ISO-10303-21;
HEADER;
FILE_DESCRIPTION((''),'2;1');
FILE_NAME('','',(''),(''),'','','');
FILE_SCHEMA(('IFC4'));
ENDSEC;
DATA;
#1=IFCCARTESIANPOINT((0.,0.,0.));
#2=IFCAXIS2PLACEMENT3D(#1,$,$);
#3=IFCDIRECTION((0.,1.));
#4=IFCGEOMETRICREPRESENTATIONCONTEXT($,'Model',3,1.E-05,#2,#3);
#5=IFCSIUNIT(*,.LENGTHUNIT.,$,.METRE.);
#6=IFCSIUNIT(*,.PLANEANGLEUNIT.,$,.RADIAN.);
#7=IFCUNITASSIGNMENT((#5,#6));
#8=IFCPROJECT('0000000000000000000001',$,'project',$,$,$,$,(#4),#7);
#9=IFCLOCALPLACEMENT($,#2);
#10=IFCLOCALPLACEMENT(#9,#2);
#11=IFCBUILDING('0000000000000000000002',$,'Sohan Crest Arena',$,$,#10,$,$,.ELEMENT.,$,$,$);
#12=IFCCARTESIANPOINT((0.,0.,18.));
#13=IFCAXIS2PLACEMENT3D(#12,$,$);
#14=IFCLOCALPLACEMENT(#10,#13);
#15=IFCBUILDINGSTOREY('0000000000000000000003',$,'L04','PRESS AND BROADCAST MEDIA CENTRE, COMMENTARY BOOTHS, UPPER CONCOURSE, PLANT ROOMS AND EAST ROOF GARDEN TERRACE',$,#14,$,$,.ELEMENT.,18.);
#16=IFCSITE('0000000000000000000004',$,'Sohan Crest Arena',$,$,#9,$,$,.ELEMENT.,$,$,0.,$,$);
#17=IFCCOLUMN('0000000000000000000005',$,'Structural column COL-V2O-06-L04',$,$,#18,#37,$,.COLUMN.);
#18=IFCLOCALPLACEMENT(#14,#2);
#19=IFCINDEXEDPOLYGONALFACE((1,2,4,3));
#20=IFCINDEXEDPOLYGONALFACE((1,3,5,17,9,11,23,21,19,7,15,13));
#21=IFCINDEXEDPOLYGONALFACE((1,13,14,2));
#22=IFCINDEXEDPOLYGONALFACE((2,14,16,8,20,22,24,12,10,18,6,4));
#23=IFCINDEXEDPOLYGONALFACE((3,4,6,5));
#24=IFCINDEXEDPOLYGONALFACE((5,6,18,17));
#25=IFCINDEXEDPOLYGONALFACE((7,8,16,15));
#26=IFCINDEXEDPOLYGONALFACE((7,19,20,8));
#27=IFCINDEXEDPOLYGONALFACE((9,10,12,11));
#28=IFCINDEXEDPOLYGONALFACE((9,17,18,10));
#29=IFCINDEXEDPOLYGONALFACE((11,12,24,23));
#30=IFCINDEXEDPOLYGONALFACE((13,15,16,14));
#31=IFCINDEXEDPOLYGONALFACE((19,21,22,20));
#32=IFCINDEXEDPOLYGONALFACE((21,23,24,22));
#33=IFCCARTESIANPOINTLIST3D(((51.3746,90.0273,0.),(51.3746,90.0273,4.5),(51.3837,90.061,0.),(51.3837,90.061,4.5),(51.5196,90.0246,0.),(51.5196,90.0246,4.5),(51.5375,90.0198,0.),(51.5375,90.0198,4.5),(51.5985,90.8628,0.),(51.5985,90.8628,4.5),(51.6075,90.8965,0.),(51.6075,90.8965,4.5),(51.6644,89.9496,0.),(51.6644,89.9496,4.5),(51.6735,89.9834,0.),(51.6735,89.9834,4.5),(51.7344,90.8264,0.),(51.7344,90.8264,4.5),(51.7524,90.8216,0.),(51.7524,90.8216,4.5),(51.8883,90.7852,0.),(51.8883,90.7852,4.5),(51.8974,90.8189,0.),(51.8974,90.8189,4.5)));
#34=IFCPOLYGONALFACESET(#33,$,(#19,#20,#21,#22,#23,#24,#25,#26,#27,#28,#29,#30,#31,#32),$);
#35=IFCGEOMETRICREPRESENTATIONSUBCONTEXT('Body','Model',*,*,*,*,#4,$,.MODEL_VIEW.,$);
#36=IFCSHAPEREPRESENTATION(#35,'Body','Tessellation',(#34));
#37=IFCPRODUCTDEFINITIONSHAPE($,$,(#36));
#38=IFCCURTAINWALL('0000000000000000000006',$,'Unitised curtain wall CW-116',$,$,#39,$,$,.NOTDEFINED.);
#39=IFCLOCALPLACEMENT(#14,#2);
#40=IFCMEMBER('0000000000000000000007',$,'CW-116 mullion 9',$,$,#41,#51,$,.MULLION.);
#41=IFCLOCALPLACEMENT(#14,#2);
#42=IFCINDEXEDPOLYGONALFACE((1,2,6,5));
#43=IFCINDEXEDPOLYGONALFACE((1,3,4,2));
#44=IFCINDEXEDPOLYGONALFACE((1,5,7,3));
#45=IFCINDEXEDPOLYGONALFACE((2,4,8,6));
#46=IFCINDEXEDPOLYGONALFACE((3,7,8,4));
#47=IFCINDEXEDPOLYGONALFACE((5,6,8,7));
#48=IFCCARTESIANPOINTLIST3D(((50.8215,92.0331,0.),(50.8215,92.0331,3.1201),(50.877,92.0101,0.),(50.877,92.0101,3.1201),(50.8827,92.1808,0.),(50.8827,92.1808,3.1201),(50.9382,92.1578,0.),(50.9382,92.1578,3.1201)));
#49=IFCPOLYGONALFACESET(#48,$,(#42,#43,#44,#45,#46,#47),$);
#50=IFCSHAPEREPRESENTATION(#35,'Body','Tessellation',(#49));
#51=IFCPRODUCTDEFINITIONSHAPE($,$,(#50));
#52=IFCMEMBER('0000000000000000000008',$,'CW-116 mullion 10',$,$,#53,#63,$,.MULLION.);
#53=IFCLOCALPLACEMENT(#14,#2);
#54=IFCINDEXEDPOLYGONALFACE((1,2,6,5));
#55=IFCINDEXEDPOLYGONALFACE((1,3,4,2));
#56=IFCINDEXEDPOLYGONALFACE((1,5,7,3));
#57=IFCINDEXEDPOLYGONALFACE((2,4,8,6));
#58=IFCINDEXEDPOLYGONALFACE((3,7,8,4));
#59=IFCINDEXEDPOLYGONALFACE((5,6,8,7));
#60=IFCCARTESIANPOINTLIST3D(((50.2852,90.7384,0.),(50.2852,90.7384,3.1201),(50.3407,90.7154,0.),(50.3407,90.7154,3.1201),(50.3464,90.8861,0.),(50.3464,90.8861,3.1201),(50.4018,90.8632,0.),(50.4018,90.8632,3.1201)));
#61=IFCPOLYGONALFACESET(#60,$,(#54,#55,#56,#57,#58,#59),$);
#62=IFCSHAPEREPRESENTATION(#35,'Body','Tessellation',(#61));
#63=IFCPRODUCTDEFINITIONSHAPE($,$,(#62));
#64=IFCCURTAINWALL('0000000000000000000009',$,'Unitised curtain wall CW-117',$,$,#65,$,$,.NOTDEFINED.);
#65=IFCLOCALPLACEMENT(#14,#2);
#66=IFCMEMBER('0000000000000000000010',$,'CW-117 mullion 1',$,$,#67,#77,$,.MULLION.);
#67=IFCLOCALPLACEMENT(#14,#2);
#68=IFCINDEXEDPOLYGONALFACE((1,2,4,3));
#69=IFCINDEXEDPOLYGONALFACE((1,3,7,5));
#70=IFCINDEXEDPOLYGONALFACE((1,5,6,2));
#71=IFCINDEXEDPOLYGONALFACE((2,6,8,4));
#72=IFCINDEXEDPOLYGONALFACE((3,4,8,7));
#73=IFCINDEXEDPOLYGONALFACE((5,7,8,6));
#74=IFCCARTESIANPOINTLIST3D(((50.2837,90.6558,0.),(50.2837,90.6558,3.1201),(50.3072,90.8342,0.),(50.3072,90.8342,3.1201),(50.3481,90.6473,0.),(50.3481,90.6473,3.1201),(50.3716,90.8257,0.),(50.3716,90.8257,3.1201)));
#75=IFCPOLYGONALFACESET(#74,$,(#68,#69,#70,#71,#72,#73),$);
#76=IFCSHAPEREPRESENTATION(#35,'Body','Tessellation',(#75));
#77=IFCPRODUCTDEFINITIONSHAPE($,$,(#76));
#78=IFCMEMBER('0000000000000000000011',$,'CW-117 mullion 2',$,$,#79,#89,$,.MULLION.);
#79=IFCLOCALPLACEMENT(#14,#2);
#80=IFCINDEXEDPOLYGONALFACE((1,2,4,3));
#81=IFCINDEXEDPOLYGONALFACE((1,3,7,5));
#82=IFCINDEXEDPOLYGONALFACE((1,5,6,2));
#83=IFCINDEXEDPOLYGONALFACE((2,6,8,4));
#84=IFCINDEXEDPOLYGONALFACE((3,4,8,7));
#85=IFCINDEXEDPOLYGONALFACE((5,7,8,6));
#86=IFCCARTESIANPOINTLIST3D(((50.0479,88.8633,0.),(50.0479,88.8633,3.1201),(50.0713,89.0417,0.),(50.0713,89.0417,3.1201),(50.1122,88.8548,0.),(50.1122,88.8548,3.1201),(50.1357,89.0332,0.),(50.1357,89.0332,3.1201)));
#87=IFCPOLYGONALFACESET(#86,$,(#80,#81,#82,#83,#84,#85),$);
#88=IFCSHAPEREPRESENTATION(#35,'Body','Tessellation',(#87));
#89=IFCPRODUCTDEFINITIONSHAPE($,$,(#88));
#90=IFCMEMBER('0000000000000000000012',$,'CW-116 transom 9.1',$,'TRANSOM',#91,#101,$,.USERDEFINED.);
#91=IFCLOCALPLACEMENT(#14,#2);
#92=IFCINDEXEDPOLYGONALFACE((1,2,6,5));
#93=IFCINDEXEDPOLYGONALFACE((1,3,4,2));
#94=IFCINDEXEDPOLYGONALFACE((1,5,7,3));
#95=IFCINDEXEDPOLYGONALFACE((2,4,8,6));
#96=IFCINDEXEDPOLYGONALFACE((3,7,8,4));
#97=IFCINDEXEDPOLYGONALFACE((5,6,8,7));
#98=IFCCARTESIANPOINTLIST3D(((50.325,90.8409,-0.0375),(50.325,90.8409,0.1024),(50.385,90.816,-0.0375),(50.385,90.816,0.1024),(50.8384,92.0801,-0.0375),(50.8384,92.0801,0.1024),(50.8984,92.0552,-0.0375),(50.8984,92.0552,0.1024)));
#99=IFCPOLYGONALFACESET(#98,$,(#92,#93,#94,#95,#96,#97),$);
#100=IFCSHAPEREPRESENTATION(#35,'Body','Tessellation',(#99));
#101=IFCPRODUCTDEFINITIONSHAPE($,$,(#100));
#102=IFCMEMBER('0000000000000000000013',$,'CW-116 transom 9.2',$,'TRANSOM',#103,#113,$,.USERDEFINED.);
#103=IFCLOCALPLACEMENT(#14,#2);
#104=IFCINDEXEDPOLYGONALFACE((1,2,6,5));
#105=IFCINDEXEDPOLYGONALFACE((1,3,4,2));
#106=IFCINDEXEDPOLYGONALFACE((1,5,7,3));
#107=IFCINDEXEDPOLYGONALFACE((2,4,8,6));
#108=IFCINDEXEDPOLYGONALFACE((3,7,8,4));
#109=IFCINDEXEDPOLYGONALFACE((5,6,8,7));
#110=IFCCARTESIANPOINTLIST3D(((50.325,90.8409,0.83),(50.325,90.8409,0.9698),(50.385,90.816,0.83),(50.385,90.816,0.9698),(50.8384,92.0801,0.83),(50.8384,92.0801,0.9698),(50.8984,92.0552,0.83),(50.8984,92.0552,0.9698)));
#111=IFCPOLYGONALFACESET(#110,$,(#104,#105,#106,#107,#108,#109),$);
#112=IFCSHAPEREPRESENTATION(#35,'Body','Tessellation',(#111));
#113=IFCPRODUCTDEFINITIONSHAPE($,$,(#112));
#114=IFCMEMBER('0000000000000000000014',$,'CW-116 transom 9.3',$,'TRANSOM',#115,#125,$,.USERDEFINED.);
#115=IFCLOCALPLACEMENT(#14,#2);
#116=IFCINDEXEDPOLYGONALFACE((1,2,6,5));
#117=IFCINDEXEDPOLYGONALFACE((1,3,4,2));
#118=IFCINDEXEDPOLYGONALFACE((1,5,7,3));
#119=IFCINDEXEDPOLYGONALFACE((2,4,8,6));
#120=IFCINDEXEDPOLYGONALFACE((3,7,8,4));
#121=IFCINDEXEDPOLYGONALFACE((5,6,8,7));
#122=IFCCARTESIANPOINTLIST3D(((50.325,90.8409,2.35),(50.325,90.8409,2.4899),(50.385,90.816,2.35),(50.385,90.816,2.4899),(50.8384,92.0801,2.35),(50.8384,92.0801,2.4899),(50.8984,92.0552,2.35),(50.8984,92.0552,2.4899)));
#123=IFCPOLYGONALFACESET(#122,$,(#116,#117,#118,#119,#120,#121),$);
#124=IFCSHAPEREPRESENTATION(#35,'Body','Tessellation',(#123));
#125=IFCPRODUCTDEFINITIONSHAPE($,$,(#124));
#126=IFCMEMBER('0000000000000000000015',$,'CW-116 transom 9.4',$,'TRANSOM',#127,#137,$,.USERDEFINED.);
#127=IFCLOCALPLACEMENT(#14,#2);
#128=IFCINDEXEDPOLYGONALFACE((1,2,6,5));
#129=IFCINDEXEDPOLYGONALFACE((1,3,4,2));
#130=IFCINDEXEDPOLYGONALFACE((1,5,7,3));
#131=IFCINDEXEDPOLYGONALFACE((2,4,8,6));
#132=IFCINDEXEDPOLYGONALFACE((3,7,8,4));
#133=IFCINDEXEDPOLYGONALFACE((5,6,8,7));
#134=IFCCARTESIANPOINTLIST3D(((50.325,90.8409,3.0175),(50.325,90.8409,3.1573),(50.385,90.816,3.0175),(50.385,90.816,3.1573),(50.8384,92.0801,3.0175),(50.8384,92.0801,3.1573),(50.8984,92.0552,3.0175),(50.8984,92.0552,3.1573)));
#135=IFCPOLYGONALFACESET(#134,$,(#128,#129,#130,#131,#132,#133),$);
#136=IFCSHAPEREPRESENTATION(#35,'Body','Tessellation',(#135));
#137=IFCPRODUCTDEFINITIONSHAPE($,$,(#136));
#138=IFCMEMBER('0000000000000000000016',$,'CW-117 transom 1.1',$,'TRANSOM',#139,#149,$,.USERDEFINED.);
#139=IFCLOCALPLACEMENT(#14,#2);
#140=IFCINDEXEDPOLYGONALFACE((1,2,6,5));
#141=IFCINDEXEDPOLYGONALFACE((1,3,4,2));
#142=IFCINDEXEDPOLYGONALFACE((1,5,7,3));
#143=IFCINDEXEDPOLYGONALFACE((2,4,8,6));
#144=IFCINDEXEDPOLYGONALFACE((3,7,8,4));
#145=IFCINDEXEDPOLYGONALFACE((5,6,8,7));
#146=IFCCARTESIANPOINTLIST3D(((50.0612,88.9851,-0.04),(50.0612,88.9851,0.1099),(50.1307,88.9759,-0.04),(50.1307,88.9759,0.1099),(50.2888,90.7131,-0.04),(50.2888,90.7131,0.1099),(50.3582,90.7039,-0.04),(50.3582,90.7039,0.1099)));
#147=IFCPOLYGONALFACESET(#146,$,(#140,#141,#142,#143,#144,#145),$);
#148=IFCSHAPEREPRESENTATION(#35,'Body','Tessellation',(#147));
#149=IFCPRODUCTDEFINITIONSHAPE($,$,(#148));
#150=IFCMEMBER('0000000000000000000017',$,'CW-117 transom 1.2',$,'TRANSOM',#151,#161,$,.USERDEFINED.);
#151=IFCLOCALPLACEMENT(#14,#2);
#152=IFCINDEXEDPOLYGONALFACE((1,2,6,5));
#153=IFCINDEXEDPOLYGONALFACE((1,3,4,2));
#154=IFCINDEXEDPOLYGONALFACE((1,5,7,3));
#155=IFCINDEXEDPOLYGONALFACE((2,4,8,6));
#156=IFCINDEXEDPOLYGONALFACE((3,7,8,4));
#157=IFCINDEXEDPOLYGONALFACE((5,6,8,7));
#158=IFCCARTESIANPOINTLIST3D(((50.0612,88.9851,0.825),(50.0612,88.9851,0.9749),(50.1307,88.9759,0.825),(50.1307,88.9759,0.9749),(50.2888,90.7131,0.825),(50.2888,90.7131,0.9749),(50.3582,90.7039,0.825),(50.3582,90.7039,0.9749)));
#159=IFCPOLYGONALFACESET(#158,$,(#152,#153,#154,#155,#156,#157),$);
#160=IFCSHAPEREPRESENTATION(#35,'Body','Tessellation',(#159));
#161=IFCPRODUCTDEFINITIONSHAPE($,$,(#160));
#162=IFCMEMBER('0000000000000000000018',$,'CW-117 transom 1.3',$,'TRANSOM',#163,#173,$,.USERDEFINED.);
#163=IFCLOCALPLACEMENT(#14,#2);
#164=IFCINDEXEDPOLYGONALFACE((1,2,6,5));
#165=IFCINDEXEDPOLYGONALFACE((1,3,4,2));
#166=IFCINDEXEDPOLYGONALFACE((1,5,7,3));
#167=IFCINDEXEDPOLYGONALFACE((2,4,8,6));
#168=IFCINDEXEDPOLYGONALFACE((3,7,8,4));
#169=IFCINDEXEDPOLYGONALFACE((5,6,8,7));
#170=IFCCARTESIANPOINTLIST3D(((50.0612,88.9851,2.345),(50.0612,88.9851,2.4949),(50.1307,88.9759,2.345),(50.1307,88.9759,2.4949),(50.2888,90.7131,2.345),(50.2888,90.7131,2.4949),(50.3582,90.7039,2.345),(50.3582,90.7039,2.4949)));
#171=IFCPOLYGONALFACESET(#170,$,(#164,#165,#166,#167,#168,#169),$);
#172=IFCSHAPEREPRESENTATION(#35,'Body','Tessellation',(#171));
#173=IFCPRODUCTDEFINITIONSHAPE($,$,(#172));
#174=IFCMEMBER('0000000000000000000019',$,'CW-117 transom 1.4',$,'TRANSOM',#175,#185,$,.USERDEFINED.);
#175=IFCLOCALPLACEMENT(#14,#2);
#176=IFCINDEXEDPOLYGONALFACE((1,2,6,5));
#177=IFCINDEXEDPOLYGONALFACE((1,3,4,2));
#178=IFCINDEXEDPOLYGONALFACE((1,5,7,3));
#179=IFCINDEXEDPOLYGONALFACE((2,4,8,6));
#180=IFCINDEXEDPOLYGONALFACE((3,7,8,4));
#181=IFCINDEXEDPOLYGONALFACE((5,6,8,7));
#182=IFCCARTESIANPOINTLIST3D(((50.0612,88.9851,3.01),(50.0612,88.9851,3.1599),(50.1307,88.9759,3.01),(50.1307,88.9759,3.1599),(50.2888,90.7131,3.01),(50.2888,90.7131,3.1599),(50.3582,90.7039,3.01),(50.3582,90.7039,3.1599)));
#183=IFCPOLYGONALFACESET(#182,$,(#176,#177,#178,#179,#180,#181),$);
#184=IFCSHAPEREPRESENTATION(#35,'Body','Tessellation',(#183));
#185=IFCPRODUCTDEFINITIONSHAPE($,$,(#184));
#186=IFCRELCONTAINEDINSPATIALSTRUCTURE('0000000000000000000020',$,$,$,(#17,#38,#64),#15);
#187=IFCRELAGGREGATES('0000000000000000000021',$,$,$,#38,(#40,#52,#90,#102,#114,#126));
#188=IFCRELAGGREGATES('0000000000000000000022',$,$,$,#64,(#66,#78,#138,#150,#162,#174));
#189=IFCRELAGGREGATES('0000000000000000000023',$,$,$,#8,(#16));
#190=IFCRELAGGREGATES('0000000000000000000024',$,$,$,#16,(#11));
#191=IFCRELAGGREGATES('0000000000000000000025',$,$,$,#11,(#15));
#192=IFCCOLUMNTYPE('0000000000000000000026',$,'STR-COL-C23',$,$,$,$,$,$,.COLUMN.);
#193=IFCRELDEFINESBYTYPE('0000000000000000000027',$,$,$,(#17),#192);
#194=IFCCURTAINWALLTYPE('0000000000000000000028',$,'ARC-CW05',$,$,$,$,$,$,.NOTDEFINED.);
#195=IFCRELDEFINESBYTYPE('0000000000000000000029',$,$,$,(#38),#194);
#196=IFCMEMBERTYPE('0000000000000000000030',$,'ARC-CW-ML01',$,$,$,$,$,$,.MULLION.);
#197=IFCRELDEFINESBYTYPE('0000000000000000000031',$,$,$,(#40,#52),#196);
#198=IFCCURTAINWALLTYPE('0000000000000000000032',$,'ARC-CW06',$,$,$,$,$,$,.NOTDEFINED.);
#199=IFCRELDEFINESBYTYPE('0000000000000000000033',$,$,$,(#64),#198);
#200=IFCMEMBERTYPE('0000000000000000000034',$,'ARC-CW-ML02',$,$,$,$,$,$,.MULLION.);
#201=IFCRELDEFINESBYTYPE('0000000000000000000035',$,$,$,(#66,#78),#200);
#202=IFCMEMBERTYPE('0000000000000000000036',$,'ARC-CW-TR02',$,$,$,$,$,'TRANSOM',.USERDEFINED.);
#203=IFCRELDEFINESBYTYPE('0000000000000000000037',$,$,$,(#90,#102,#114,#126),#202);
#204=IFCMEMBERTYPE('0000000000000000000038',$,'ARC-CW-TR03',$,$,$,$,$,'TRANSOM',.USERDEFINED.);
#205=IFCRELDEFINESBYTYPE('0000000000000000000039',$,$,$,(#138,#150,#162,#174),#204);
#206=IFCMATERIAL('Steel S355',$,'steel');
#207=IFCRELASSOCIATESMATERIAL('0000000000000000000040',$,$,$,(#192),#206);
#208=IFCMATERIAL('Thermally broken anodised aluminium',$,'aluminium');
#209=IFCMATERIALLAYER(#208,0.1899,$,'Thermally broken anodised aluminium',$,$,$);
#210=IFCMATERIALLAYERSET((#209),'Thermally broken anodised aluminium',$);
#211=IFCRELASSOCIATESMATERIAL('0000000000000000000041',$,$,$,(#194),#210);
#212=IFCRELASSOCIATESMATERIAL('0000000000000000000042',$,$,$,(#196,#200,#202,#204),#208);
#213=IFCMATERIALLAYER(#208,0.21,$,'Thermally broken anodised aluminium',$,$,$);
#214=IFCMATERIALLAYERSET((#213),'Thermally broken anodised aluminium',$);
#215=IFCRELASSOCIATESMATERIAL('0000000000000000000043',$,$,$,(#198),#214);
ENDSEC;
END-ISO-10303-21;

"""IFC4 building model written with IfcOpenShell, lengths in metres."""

from ifc_helpers import new_model, si_unit, direction, frame, origin, origin_2d, place, context, subcontext, project, spatial, rectangle, i_section, extrude, material, layer, layer_set, material_profile, profile_set, type_object, element, aggregate, save


model = new_model("IFC4")

# Units and contexts
model_context = context("Model", 3, precision=1e-05, world=origin(), true_north=direction((0.0, 1.0)))
body_context = subcontext(model_context, "Body", "Model", "MODEL_VIEW")
ifc_project = project(units=[si_unit("LENGTHUNIT", "METRE"), si_unit("PLANEANGLEUNIT", "RADIAN")], contexts=[model_context])

# Site, building, storey
site_placement = place(None, origin())
site = spatial("IfcSite", under=ifc_project, at=site_placement, Name="Sohan Crest Arena", CompositionType="ELEMENT", RefElevation=0.0)
building_placement = place(site_placement, origin())
building = spatial("IfcBuilding", under=site, at=building_placement, Name="Sohan Crest Arena", CompositionType="ELEMENT")
storey_placement = place(building_placement, frame((0.0, 0.0, 18.0)))
storey = spatial("IfcBuildingStorey", under=building, at=storey_placement, Name="L04", Description="PRESS AND BROADCAST MEDIA CENTRE, COMMENTARY BOOTHS, UPPER CONCOURSE, PLANT ROOMS AND EAST ROOF GARDEN TERRACE", CompositionType="ELEMENT", Elevation=18.0)

# Column
ifc_material_1 = material(Name="Steel S355", Category="steel")
ifc_material_profile_1 = material_profile(ifc_material_1, i_section(OverallWidth=0.3, OverallDepth=0.8999, WebThickness=0.0186, FlangeThickness=0.0349, at=origin_2d()), Name="HEB 900")
ifc_profile_set_1 = profile_set([ifc_material_profile_1], Name="Steel S355")
column_type = type_object("IfcColumnType", Name="STR-COL-C23", PredefinedType="COLUMN", material=ifc_profile_set_1)
column_placement = place(storey_placement, frame((51.636, 90.4231, 0.0), z_axis=(0.0, 0.0, 1.0), x_axis=(-0.965926, 0.258819, 0.0)))
element("IfcColumn", 1, at=column_placement, inside=storey, type_object=column_type, Name="Structural column COL-V2O-06-L04", PredefinedType="COLUMN", context=body_context, shape_type="SweptSolid", body=[
    extrude(i_section(OverallWidth=0.3, OverallDepth=0.8999, WebThickness=0.0186, FlangeThickness=0.0349, at=origin_2d()), origin(), (0.0, 0.0, 1.0), 4.5),
])

# Curtain walls, members
ifc_material_2 = material(Name="Thermally broken anodised aluminium", Category="aluminium")
ifc_layer_1 = layer(ifc_material_2, 0.1899, Name="Thermally broken anodised aluminium")
ifc_layer_set_1 = layer_set([ifc_layer_1], Name="Thermally broken anodised aluminium")
curtain_wall_type_1 = type_object("IfcCurtainWallType", Name="ARC-CW05", PredefinedType="NOTDEFINED", material=ifc_layer_set_1)
curtain_wall_1_placement = place(storey_placement, origin())
curtain_wall_1 = element("IfcCurtainWall", 2, at=curtain_wall_1_placement, inside=storey, type_object=curtain_wall_type_1, Name="Unitised curtain wall CW-116", PredefinedType="NOTDEFINED")
ifc_material_profile_2 = material_profile(ifc_material_2, rectangle(XDim=0.0601, YDim=0.1599, at=origin_2d()), Name="ALU-MULL 60x160")
ifc_profile_set_2 = profile_set([ifc_material_profile_2], Name="Thermally broken anodised aluminium")
member_type_1 = type_object("IfcMemberType", Name="ARC-CW-ML01", PredefinedType="MULLION", material=ifc_profile_set_2)
member_1_placement = place(storey_placement, frame((50.8799, 92.0955, 0.0), z_axis=(0.0, 0.0, 1.0), x_axis=(0.923879, -0.382685, 0.0)))
member_1 = element("IfcMember", 3, at=member_1_placement, type_object=member_type_1, Name="CW-116 mullion 9", PredefinedType="MULLION", context=body_context, shape_type="SweptSolid", body=[
    extrude(rectangle(XDim=0.0601, YDim=0.1599, at=origin_2d()), origin(), (0.0, 0.0, 1.0), 3.1201),
])
member_2_placement = place(storey_placement, frame((50.3435, 90.8008, 0.0), z_axis=(0.0, 0.0, 1.0), x_axis=(0.923879, -0.382685, 0.0)))
member_2 = element("IfcMember", 4, at=member_2_placement, type_object=member_type_1, Name="CW-116 mullion 10", PredefinedType="MULLION", context=body_context, shape_type="SweptSolid", body=[
    extrude(rectangle(XDim=0.0601, YDim=0.1599, at=origin_2d()), origin(), (0.0, 0.0, 1.0), 3.1201),
])
ifc_layer_2 = layer(ifc_material_2, 0.21, Name="Thermally broken anodised aluminium")
ifc_layer_set_2 = layer_set([ifc_layer_2], Name="Thermally broken anodised aluminium")
curtain_wall_type_2 = type_object("IfcCurtainWallType", Name="ARC-CW06", PredefinedType="NOTDEFINED", material=ifc_layer_set_2)
curtain_wall_2_placement = place(storey_placement, origin())
curtain_wall_2 = element("IfcCurtainWall", 5, at=curtain_wall_2_placement, inside=storey, type_object=curtain_wall_type_2, Name="Unitised curtain wall CW-117", PredefinedType="NOTDEFINED")
ifc_material_profile_3 = material_profile(ifc_material_2, rectangle(XDim=0.0649, YDim=0.1799, at=origin_2d()), Name="ALU-MULL 65x180")
ifc_profile_set_3 = profile_set([ifc_material_profile_3], Name="Thermally broken anodised aluminium")
member_type_2 = type_object("IfcMemberType", Name="ARC-CW-ML02", PredefinedType="MULLION", material=ifc_profile_set_3)
member_3_placement = place(storey_placement, frame((50.3276, 90.7407, 0.0), z_axis=(0.0, 0.0, 1.0), x_axis=(0.991441, -0.130557, 0.0)))
member_3 = element("IfcMember", 6, at=member_3_placement, type_object=member_type_2, Name="CW-117 mullion 1", PredefinedType="MULLION", context=body_context, shape_type="SweptSolid", body=[
    extrude(rectangle(XDim=0.0649, YDim=0.1799, at=origin_2d()), origin(), (0.0, 0.0, 1.0), 3.1201),
])
member_4_placement = place(storey_placement, frame((50.0918, 88.9482, 0.0), z_axis=(0.0, 0.0, 1.0), x_axis=(0.991441, -0.130557, 0.0)))
member_4 = element("IfcMember", 7, at=member_4_placement, type_object=member_type_2, Name="CW-117 mullion 2", PredefinedType="MULLION", context=body_context, shape_type="SweptSolid", body=[
    extrude(rectangle(XDim=0.0649, YDim=0.1799, at=origin_2d()), origin(), (0.0, 0.0, 1.0), 3.1201),
])

# Members
ifc_material_profile_4 = material_profile(ifc_material_2, rectangle(XDim=0.0649, YDim=0.1399, at=origin_2d()), Name="ALU-TRAN 65x140")
ifc_profile_set_4 = profile_set([ifc_material_profile_4], Name="Thermally broken anodised aluminium")
member_type_3 = type_object("IfcMemberType", Name="ARC-CW-TR02", ElementType="TRANSOM", PredefinedType="USERDEFINED", material=ifc_profile_set_4)
member_5_placement = place(storey_placement, frame((50.8684, 92.0676, 0.0325), z_axis=(-0.382754, -0.92385, 0.0), x_axis=(0.92385, -0.382754, 0.0)))
member_5 = element("IfcMember", 8, at=member_5_placement, type_object=member_type_3, Name="CW-116 transom 9.1", ObjectType="TRANSOM", PredefinedType="USERDEFINED", context=body_context, shape_type="SweptSolid", body=[
    extrude(rectangle(XDim=0.0649, YDim=0.1399, at=origin_2d()), origin(), (0.0, 0.0, 1.0), 1.3413),
])
member_6_placement = place(storey_placement, frame((50.8684, 92.0676, 0.8999), z_axis=(-0.382754, -0.92385, 0.0), x_axis=(0.92385, -0.382754, 0.0)))
member_6 = element("IfcMember", 9, at=member_6_placement, type_object=member_type_3, Name="CW-116 transom 9.2", ObjectType="TRANSOM", PredefinedType="USERDEFINED", context=body_context, shape_type="SweptSolid", body=[
    extrude(rectangle(XDim=0.0649, YDim=0.1399, at=origin_2d()), origin(), (0.0, 0.0, 1.0), 1.3413),
])
member_7_placement = place(storey_placement, frame((50.8684, 92.0676, 2.4199), z_axis=(-0.382754, -0.92385, 0.0), x_axis=(0.92385, -0.382754, 0.0)))
member_7 = element("IfcMember", 10, at=member_7_placement, type_object=member_type_3, Name="CW-116 transom 9.3", ObjectType="TRANSOM", PredefinedType="USERDEFINED", context=body_context, shape_type="SweptSolid", body=[
    extrude(rectangle(XDim=0.0649, YDim=0.1399, at=origin_2d()), origin(), (0.0, 0.0, 1.0), 1.3413),
])
member_8_placement = place(storey_placement, frame((50.8684, 92.0676, 3.0874), z_axis=(-0.382754, -0.92385, 0.0), x_axis=(0.92385, -0.382754, 0.0)))
member_8 = element("IfcMember", 11, at=member_8_placement, type_object=member_type_3, Name="CW-116 transom 9.4", ObjectType="TRANSOM", PredefinedType="USERDEFINED", context=body_context, shape_type="SweptSolid", body=[
    extrude(rectangle(XDim=0.0649, YDim=0.1399, at=origin_2d()), origin(), (0.0, 0.0, 1.0), 1.3413),
])
ifc_material_profile_5 = material_profile(ifc_material_2, rectangle(XDim=0.0701, YDim=0.1499, at=origin_2d()), Name="ALU-TRAN 70x150")
ifc_profile_set_5 = profile_set([ifc_material_profile_5], Name="Thermally broken anodised aluminium")
member_type_4 = type_object("IfcMemberType", Name="ARC-CW-TR03", ElementType="TRANSOM", PredefinedType="USERDEFINED", material=ifc_profile_set_5)
member_9_placement = place(storey_placement, frame((50.3235, 90.7085, 0.0349), z_axis=(-0.130549, -0.991442, 0.0), x_axis=(0.991442, -0.130549, 0.0)))
member_9 = element("IfcMember", 12, at=member_9_placement, type_object=member_type_4, Name="CW-117 transom 1.1", ObjectType="TRANSOM", PredefinedType="USERDEFINED", context=body_context, shape_type="SweptSolid", body=[
    extrude(rectangle(XDim=0.0701, YDim=0.1499, at=origin_2d()), origin(), (0.0, 0.0, 1.0), 1.7429),
])
member_10_placement = place(storey_placement, frame((50.3235, 90.7085, 0.8999), z_axis=(-0.130549, -0.991442, 0.0), x_axis=(0.991442, -0.130549, 0.0)))
member_10 = element("IfcMember", 13, at=member_10_placement, type_object=member_type_4, Name="CW-117 transom 1.2", ObjectType="TRANSOM", PredefinedType="USERDEFINED", context=body_context, shape_type="SweptSolid", body=[
    extrude(rectangle(XDim=0.0701, YDim=0.1499, at=origin_2d()), origin(), (0.0, 0.0, 1.0), 1.7429),
])
member_11_placement = place(storey_placement, frame((50.3235, 90.7085, 2.4199), z_axis=(-0.130549, -0.991442, 0.0), x_axis=(0.991442, -0.130549, 0.0)))
member_11 = element("IfcMember", 14, at=member_11_placement, type_object=member_type_4, Name="CW-117 transom 1.3", ObjectType="TRANSOM", PredefinedType="USERDEFINED", context=body_context, shape_type="SweptSolid", body=[
    extrude(rectangle(XDim=0.0701, YDim=0.1499, at=origin_2d()), origin(), (0.0, 0.0, 1.0), 1.7429),
])
member_12_placement = place(storey_placement, frame((50.3235, 90.7085, 3.085), z_axis=(-0.130549, -0.991442, 0.0), x_axis=(0.991442, -0.130549, 0.0)))
member_12 = element("IfcMember", 15, at=member_12_placement, type_object=member_type_4, Name="CW-117 transom 1.4", ObjectType="TRANSOM", PredefinedType="USERDEFINED", context=body_context, shape_type="SweptSolid", body=[
    extrude(rectangle(XDim=0.0701, YDim=0.1499, at=origin_2d()), origin(), (0.0, 0.0, 1.0), 1.7429),
])

aggregate(curtain_wall_1, [member_1, member_2, member_5, member_6, member_7, member_8])
aggregate(curtain_wall_2, [member_3, member_4, member_9, member_10, member_11, member_12])

save(model, "model.ifc")
